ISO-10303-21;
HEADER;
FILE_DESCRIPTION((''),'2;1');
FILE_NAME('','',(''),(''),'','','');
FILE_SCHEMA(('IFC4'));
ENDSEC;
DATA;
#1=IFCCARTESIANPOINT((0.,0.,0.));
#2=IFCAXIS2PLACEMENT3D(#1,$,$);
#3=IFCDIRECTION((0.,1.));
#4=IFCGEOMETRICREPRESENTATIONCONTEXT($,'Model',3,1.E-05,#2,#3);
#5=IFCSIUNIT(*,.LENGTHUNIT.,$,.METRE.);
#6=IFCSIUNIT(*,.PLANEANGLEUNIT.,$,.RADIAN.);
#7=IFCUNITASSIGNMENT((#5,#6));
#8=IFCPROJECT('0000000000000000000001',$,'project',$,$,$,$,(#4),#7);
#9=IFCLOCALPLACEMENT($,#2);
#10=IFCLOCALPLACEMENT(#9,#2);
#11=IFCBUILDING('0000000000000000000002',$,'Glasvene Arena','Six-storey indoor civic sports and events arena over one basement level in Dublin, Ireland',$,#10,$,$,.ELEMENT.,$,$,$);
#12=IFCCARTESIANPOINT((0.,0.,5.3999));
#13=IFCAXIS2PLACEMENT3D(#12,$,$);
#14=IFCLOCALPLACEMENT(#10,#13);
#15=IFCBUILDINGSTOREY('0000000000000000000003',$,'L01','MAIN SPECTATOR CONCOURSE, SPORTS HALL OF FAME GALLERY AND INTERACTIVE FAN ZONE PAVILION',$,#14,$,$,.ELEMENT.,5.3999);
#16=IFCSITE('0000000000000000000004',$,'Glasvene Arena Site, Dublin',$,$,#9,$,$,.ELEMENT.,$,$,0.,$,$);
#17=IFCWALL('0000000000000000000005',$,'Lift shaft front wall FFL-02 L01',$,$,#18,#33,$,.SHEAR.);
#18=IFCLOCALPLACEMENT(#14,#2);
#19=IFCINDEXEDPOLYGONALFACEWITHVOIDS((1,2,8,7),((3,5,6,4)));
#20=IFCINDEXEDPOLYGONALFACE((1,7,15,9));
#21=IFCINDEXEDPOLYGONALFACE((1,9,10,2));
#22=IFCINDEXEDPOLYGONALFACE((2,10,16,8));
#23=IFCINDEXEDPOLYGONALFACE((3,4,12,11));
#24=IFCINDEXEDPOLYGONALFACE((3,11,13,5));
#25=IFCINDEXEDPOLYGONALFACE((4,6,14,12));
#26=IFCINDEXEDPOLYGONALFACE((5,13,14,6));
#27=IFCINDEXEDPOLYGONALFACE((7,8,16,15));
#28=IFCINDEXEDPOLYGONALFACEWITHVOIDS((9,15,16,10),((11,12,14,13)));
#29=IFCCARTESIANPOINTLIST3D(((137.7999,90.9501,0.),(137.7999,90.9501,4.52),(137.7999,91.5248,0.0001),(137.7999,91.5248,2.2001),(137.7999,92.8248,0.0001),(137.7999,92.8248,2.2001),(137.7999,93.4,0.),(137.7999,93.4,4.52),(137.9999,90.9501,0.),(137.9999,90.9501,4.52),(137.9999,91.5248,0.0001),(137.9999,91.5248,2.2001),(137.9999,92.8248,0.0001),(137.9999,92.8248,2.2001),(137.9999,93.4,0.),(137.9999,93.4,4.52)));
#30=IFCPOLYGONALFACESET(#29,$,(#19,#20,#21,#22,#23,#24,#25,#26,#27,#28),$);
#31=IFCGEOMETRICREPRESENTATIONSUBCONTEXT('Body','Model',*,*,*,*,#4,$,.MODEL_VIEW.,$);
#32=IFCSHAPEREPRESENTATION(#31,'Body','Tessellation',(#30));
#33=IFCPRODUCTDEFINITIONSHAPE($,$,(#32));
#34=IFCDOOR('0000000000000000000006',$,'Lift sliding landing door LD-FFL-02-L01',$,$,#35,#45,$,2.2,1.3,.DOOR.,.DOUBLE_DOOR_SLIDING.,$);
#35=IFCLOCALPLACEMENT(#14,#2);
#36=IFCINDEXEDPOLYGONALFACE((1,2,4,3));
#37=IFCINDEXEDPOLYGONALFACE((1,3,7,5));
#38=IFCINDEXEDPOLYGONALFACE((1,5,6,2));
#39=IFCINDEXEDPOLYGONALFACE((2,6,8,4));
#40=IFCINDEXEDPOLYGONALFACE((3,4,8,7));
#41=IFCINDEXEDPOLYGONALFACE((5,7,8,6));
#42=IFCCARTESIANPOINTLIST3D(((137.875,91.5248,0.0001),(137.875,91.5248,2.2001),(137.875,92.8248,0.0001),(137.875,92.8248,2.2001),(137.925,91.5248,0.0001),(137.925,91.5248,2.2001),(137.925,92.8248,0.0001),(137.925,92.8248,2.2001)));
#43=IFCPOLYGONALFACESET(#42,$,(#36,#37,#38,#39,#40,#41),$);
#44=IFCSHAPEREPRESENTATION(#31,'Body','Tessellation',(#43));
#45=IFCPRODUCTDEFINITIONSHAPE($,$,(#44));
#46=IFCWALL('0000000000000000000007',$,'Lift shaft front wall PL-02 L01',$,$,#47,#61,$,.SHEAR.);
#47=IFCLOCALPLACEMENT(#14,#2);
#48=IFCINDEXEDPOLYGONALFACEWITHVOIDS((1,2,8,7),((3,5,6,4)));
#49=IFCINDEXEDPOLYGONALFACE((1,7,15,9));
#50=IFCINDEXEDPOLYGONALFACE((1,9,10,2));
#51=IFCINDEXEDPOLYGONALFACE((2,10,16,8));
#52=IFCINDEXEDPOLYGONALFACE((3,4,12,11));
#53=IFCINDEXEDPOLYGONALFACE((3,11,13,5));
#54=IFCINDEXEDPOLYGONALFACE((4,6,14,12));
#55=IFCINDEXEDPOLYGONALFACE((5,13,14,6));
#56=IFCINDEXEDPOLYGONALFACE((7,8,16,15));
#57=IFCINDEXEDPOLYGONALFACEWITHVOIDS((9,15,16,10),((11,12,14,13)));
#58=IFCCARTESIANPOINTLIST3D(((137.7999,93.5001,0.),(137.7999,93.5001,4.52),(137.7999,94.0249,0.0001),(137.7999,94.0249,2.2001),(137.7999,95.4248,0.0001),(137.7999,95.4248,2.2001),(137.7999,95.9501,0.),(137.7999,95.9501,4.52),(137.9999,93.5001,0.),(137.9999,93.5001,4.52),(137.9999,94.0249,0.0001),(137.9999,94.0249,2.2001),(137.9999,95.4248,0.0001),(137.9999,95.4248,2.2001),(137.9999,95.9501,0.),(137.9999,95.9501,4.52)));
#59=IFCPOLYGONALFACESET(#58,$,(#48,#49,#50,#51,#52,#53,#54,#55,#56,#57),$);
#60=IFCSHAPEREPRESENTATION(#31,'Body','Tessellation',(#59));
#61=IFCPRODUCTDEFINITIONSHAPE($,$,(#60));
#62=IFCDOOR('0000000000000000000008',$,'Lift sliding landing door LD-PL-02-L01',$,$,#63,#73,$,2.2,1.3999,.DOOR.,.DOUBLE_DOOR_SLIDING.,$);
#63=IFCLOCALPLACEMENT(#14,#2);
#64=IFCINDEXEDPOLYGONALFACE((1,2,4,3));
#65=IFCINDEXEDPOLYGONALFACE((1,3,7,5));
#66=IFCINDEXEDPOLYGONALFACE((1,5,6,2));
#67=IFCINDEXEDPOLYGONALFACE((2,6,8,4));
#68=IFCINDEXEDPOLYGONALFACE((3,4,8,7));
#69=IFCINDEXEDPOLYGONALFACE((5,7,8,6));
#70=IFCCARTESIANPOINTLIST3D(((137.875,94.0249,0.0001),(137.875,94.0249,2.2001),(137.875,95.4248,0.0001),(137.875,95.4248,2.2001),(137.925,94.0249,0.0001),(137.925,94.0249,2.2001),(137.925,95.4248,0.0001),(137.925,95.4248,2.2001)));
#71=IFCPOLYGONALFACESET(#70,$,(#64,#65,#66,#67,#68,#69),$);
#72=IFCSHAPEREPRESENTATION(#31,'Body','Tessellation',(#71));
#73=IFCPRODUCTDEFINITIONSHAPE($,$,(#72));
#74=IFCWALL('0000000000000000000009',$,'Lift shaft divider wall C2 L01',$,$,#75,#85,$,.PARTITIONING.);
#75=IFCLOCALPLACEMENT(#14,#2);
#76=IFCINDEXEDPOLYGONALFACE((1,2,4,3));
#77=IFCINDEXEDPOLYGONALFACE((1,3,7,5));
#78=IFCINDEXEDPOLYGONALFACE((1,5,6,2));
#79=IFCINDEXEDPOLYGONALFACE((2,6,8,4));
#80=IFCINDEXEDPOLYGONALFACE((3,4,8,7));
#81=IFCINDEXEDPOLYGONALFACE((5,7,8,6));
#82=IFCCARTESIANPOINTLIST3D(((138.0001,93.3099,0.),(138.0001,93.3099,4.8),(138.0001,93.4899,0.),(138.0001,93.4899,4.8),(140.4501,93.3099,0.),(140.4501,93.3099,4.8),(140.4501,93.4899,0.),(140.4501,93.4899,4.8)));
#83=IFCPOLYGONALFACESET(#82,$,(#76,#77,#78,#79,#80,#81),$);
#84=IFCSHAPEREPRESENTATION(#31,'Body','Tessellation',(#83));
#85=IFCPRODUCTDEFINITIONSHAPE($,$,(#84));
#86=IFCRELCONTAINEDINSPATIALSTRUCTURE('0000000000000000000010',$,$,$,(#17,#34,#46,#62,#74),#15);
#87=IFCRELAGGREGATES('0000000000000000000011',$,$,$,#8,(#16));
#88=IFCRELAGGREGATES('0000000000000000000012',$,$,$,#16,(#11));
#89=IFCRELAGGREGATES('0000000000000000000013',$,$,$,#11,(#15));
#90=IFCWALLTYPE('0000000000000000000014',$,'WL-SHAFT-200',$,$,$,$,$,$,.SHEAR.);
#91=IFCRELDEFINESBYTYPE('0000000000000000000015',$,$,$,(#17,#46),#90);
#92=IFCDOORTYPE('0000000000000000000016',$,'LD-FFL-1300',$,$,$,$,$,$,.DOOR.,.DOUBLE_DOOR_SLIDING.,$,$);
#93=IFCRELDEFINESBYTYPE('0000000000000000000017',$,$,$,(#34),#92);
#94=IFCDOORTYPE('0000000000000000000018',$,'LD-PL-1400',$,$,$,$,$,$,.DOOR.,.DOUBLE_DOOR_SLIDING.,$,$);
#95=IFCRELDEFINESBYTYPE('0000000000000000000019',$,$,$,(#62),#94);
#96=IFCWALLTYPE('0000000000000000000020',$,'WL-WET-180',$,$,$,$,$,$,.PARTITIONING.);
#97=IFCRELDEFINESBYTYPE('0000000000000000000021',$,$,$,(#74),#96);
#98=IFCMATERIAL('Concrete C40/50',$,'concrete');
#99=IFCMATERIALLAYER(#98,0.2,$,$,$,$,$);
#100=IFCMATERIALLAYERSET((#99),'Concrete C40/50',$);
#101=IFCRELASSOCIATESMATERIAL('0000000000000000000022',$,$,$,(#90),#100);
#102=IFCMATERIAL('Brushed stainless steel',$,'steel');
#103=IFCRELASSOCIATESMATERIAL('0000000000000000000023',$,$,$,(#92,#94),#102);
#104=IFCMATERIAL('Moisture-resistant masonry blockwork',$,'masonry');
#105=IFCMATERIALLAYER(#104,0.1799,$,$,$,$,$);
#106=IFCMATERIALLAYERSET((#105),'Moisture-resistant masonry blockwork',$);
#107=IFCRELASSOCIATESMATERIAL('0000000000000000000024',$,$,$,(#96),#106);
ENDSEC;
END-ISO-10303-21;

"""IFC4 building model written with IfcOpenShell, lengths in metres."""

from ifc_helpers import new_model, si_unit, direction, frame, frame_2d, origin, place, context, subcontext, project, spatial, rectangle, extrude, material, layer, layer_set, type_object, element, fill, save


model = new_model("IFC4")

# Units and contexts
model_context = context("Model", 3, precision=1e-05, world=origin(), true_north=direction((0.0, 1.0)))
body_context = subcontext(model_context, "Body", "Model", "MODEL_VIEW")
ifc_project = project(units=[si_unit("LENGTHUNIT", "METRE"), si_unit("PLANEANGLEUNIT", "RADIAN")], contexts=[model_context])

# Site, building, storey
site_placement = place(None, origin())
site = spatial("IfcSite", under=ifc_project, at=site_placement, Name="Glasvene Arena Site, Dublin", CompositionType="ELEMENT", RefElevation=0.0)
building_placement = place(site_placement, origin())
building = spatial("IfcBuilding", under=site, at=building_placement, Name="Glasvene Arena", Description="Six-storey indoor civic sports and events arena over one basement level in Dublin, Ireland", CompositionType="ELEMENT")
storey_placement = place(building_placement, frame((0.0, 0.0, 5.3999)))
storey = spatial("IfcBuildingStorey", under=building, at=storey_placement, Name="L01", Description="MAIN SPECTATOR CONCOURSE, SPORTS HALL OF FAME GALLERY AND INTERACTIVE FAN ZONE PAVILION", CompositionType="ELEMENT", Elevation=5.3999)

# Shared definitions
ifc_material_1 = material(Name="Concrete C40/50", Category="concrete")

# Walls, openings, doors
ifc_layer_1 = layer(ifc_material_1, 0.2)
ifc_layer_set_1 = layer_set([ifc_layer_1], Name="Concrete C40/50")
wall_type_1 = type_object("IfcWallType", Name="WL-SHAFT-200", PredefinedType="SHEAR", material=ifc_layer_set_1)
wall_1_placement = place(storey_placement, frame((137.8999, 90.95, 0.0), z_axis=(0.0, 0.0, 1.0), x_axis=(0.0, 1.0, 0.0)))
wall_1 = element("IfcWall", 1, at=wall_1_placement, inside=storey, type_object=wall_type_1, Name="Lift shaft front wall FFL-02 L01", PredefinedType="SHEAR", context=body_context, shape_type="SweptSolid", body=[
    extrude(rectangle(XDim=2.45, YDim=0.2, at=frame_2d((1.2251, 0.0))), origin(), (0.0, 0.0, 1.0), 4.52),
])
opening_1_placement = place(wall_1_placement, frame((0.575, 0.0, 0.0)))
opening_1 = element("IfcOpeningElement", 2, at=opening_1_placement, cuts=wall_1, PredefinedType="OPENING", context=body_context, shape_type="SweptSolid", body=[
    extrude(rectangle(XDim=1.3, YDim=2.2, at=frame_2d((0.6499, 1.1001))), frame((0.0, 0.1099, 0.0), z_axis=(0.0, -1.0, 0.0), x_axis=(1.0, 0.0, 0.0)), (0.0, 0.0, 1.0), 0.22),
])
ifc_material_2 = material(Name="Brushed stainless steel", Category="steel")
door_type_1 = type_object("IfcDoorType", Name="LD-FFL-1300", OperationType="DOUBLE_DOOR_SLIDING", PredefinedType="DOOR", material=ifc_material_2)
door_1_placement = place(opening_1_placement, origin())
door_1 = element("IfcDoor", 3, at=door_1_placement, inside=storey, type_object=door_type_1, Name="Lift sliding landing door LD-FFL-02-L01", OperationType="DOUBLE_DOOR_SLIDING", OverallHeight=2.2, OverallWidth=1.3, PredefinedType="DOOR", context=body_context, shape_type="SweptSolid", body=[
    extrude(rectangle(XDim=1.3, YDim=2.2, at=frame_2d((0.6499, 1.1001))), frame((0.0, 0.0249, 0.0), z_axis=(0.0, -1.0, 0.0), x_axis=(1.0, 0.0, 0.0)), (0.0, 0.0, 1.0), 0.05),
])
fill(opening_1, door_1)
wall_2_placement = place(storey_placement, frame((137.8999, 93.5, 0.0), z_axis=(0.0, 0.0, 1.0), x_axis=(0.0, 1.0, 0.0)))
wall_2 = element("IfcWall", 4, at=wall_2_placement, inside=storey, type_object=wall_type_1, Name="Lift shaft front wall PL-02 L01", PredefinedType="SHEAR", context=body_context, shape_type="SweptSolid", body=[
    extrude(rectangle(XDim=2.45, YDim=0.2, at=frame_2d((1.2251, 0.0))), origin(), (0.0, 0.0, 1.0), 4.52),
])
opening_2_placement = place(wall_2_placement, frame((0.5249, 0.0, 0.0)))
opening_2 = element("IfcOpeningElement", 5, at=opening_2_placement, cuts=wall_2, PredefinedType="OPENING", context=body_context, shape_type="SweptSolid", body=[
    extrude(rectangle(XDim=1.3999, YDim=2.2, at=frame_2d((0.7, 1.1001))), frame((0.0, 0.1099, 0.0), z_axis=(0.0, -1.0, 0.0), x_axis=(1.0, 0.0, 0.0)), (0.0, 0.0, 1.0), 0.22),
])
door_type_2 = type_object("IfcDoorType", Name="LD-PL-1400", OperationType="DOUBLE_DOOR_SLIDING", PredefinedType="DOOR", material=ifc_material_2)
door_2_placement = place(opening_2_placement, origin())
door_2 = element("IfcDoor", 6, at=door_2_placement, inside=storey, type_object=door_type_2, Name="Lift sliding landing door LD-PL-02-L01", OperationType="DOUBLE_DOOR_SLIDING", OverallHeight=2.2, OverallWidth=1.3999, PredefinedType="DOOR", context=body_context, shape_type="SweptSolid", body=[
    extrude(rectangle(XDim=1.3999, YDim=2.2, at=frame_2d((0.7, 1.1001))), frame((0.0, 0.0249, 0.0), z_axis=(0.0, -1.0, 0.0), x_axis=(1.0, 0.0, 0.0)), (0.0, 0.0, 1.0), 0.05),
])
fill(opening_2, door_2)

# Wall
ifc_material_3 = material(Name="Moisture-resistant masonry blockwork", Category="masonry")
ifc_layer_2 = layer(ifc_material_3, 0.1799)
ifc_layer_set_2 = layer_set([ifc_layer_2], Name="Moisture-resistant masonry blockwork")
wall_type_2 = type_object("IfcWallType", Name="WL-WET-180", PredefinedType="PARTITIONING", material=ifc_layer_set_2)
wall_3_placement = place(storey_placement, frame((138.0, 93.3999, 0.0), z_axis=(0.0, 0.0, 1.0), x_axis=(1.0, 0.0, 0.0)))
element("IfcWall", 7, at=wall_3_placement, inside=storey, type_object=wall_type_2, Name="Lift shaft divider wall C2 L01", PredefinedType="PARTITIONING", context=body_context, shape_type="SweptSolid", body=[
    extrude(rectangle(XDim=2.45, YDim=0.1799, at=frame_2d((1.2251, 0.0))), origin(), (0.0, 0.0, 1.0), 4.8),
])

save(model, "model.ifc")
